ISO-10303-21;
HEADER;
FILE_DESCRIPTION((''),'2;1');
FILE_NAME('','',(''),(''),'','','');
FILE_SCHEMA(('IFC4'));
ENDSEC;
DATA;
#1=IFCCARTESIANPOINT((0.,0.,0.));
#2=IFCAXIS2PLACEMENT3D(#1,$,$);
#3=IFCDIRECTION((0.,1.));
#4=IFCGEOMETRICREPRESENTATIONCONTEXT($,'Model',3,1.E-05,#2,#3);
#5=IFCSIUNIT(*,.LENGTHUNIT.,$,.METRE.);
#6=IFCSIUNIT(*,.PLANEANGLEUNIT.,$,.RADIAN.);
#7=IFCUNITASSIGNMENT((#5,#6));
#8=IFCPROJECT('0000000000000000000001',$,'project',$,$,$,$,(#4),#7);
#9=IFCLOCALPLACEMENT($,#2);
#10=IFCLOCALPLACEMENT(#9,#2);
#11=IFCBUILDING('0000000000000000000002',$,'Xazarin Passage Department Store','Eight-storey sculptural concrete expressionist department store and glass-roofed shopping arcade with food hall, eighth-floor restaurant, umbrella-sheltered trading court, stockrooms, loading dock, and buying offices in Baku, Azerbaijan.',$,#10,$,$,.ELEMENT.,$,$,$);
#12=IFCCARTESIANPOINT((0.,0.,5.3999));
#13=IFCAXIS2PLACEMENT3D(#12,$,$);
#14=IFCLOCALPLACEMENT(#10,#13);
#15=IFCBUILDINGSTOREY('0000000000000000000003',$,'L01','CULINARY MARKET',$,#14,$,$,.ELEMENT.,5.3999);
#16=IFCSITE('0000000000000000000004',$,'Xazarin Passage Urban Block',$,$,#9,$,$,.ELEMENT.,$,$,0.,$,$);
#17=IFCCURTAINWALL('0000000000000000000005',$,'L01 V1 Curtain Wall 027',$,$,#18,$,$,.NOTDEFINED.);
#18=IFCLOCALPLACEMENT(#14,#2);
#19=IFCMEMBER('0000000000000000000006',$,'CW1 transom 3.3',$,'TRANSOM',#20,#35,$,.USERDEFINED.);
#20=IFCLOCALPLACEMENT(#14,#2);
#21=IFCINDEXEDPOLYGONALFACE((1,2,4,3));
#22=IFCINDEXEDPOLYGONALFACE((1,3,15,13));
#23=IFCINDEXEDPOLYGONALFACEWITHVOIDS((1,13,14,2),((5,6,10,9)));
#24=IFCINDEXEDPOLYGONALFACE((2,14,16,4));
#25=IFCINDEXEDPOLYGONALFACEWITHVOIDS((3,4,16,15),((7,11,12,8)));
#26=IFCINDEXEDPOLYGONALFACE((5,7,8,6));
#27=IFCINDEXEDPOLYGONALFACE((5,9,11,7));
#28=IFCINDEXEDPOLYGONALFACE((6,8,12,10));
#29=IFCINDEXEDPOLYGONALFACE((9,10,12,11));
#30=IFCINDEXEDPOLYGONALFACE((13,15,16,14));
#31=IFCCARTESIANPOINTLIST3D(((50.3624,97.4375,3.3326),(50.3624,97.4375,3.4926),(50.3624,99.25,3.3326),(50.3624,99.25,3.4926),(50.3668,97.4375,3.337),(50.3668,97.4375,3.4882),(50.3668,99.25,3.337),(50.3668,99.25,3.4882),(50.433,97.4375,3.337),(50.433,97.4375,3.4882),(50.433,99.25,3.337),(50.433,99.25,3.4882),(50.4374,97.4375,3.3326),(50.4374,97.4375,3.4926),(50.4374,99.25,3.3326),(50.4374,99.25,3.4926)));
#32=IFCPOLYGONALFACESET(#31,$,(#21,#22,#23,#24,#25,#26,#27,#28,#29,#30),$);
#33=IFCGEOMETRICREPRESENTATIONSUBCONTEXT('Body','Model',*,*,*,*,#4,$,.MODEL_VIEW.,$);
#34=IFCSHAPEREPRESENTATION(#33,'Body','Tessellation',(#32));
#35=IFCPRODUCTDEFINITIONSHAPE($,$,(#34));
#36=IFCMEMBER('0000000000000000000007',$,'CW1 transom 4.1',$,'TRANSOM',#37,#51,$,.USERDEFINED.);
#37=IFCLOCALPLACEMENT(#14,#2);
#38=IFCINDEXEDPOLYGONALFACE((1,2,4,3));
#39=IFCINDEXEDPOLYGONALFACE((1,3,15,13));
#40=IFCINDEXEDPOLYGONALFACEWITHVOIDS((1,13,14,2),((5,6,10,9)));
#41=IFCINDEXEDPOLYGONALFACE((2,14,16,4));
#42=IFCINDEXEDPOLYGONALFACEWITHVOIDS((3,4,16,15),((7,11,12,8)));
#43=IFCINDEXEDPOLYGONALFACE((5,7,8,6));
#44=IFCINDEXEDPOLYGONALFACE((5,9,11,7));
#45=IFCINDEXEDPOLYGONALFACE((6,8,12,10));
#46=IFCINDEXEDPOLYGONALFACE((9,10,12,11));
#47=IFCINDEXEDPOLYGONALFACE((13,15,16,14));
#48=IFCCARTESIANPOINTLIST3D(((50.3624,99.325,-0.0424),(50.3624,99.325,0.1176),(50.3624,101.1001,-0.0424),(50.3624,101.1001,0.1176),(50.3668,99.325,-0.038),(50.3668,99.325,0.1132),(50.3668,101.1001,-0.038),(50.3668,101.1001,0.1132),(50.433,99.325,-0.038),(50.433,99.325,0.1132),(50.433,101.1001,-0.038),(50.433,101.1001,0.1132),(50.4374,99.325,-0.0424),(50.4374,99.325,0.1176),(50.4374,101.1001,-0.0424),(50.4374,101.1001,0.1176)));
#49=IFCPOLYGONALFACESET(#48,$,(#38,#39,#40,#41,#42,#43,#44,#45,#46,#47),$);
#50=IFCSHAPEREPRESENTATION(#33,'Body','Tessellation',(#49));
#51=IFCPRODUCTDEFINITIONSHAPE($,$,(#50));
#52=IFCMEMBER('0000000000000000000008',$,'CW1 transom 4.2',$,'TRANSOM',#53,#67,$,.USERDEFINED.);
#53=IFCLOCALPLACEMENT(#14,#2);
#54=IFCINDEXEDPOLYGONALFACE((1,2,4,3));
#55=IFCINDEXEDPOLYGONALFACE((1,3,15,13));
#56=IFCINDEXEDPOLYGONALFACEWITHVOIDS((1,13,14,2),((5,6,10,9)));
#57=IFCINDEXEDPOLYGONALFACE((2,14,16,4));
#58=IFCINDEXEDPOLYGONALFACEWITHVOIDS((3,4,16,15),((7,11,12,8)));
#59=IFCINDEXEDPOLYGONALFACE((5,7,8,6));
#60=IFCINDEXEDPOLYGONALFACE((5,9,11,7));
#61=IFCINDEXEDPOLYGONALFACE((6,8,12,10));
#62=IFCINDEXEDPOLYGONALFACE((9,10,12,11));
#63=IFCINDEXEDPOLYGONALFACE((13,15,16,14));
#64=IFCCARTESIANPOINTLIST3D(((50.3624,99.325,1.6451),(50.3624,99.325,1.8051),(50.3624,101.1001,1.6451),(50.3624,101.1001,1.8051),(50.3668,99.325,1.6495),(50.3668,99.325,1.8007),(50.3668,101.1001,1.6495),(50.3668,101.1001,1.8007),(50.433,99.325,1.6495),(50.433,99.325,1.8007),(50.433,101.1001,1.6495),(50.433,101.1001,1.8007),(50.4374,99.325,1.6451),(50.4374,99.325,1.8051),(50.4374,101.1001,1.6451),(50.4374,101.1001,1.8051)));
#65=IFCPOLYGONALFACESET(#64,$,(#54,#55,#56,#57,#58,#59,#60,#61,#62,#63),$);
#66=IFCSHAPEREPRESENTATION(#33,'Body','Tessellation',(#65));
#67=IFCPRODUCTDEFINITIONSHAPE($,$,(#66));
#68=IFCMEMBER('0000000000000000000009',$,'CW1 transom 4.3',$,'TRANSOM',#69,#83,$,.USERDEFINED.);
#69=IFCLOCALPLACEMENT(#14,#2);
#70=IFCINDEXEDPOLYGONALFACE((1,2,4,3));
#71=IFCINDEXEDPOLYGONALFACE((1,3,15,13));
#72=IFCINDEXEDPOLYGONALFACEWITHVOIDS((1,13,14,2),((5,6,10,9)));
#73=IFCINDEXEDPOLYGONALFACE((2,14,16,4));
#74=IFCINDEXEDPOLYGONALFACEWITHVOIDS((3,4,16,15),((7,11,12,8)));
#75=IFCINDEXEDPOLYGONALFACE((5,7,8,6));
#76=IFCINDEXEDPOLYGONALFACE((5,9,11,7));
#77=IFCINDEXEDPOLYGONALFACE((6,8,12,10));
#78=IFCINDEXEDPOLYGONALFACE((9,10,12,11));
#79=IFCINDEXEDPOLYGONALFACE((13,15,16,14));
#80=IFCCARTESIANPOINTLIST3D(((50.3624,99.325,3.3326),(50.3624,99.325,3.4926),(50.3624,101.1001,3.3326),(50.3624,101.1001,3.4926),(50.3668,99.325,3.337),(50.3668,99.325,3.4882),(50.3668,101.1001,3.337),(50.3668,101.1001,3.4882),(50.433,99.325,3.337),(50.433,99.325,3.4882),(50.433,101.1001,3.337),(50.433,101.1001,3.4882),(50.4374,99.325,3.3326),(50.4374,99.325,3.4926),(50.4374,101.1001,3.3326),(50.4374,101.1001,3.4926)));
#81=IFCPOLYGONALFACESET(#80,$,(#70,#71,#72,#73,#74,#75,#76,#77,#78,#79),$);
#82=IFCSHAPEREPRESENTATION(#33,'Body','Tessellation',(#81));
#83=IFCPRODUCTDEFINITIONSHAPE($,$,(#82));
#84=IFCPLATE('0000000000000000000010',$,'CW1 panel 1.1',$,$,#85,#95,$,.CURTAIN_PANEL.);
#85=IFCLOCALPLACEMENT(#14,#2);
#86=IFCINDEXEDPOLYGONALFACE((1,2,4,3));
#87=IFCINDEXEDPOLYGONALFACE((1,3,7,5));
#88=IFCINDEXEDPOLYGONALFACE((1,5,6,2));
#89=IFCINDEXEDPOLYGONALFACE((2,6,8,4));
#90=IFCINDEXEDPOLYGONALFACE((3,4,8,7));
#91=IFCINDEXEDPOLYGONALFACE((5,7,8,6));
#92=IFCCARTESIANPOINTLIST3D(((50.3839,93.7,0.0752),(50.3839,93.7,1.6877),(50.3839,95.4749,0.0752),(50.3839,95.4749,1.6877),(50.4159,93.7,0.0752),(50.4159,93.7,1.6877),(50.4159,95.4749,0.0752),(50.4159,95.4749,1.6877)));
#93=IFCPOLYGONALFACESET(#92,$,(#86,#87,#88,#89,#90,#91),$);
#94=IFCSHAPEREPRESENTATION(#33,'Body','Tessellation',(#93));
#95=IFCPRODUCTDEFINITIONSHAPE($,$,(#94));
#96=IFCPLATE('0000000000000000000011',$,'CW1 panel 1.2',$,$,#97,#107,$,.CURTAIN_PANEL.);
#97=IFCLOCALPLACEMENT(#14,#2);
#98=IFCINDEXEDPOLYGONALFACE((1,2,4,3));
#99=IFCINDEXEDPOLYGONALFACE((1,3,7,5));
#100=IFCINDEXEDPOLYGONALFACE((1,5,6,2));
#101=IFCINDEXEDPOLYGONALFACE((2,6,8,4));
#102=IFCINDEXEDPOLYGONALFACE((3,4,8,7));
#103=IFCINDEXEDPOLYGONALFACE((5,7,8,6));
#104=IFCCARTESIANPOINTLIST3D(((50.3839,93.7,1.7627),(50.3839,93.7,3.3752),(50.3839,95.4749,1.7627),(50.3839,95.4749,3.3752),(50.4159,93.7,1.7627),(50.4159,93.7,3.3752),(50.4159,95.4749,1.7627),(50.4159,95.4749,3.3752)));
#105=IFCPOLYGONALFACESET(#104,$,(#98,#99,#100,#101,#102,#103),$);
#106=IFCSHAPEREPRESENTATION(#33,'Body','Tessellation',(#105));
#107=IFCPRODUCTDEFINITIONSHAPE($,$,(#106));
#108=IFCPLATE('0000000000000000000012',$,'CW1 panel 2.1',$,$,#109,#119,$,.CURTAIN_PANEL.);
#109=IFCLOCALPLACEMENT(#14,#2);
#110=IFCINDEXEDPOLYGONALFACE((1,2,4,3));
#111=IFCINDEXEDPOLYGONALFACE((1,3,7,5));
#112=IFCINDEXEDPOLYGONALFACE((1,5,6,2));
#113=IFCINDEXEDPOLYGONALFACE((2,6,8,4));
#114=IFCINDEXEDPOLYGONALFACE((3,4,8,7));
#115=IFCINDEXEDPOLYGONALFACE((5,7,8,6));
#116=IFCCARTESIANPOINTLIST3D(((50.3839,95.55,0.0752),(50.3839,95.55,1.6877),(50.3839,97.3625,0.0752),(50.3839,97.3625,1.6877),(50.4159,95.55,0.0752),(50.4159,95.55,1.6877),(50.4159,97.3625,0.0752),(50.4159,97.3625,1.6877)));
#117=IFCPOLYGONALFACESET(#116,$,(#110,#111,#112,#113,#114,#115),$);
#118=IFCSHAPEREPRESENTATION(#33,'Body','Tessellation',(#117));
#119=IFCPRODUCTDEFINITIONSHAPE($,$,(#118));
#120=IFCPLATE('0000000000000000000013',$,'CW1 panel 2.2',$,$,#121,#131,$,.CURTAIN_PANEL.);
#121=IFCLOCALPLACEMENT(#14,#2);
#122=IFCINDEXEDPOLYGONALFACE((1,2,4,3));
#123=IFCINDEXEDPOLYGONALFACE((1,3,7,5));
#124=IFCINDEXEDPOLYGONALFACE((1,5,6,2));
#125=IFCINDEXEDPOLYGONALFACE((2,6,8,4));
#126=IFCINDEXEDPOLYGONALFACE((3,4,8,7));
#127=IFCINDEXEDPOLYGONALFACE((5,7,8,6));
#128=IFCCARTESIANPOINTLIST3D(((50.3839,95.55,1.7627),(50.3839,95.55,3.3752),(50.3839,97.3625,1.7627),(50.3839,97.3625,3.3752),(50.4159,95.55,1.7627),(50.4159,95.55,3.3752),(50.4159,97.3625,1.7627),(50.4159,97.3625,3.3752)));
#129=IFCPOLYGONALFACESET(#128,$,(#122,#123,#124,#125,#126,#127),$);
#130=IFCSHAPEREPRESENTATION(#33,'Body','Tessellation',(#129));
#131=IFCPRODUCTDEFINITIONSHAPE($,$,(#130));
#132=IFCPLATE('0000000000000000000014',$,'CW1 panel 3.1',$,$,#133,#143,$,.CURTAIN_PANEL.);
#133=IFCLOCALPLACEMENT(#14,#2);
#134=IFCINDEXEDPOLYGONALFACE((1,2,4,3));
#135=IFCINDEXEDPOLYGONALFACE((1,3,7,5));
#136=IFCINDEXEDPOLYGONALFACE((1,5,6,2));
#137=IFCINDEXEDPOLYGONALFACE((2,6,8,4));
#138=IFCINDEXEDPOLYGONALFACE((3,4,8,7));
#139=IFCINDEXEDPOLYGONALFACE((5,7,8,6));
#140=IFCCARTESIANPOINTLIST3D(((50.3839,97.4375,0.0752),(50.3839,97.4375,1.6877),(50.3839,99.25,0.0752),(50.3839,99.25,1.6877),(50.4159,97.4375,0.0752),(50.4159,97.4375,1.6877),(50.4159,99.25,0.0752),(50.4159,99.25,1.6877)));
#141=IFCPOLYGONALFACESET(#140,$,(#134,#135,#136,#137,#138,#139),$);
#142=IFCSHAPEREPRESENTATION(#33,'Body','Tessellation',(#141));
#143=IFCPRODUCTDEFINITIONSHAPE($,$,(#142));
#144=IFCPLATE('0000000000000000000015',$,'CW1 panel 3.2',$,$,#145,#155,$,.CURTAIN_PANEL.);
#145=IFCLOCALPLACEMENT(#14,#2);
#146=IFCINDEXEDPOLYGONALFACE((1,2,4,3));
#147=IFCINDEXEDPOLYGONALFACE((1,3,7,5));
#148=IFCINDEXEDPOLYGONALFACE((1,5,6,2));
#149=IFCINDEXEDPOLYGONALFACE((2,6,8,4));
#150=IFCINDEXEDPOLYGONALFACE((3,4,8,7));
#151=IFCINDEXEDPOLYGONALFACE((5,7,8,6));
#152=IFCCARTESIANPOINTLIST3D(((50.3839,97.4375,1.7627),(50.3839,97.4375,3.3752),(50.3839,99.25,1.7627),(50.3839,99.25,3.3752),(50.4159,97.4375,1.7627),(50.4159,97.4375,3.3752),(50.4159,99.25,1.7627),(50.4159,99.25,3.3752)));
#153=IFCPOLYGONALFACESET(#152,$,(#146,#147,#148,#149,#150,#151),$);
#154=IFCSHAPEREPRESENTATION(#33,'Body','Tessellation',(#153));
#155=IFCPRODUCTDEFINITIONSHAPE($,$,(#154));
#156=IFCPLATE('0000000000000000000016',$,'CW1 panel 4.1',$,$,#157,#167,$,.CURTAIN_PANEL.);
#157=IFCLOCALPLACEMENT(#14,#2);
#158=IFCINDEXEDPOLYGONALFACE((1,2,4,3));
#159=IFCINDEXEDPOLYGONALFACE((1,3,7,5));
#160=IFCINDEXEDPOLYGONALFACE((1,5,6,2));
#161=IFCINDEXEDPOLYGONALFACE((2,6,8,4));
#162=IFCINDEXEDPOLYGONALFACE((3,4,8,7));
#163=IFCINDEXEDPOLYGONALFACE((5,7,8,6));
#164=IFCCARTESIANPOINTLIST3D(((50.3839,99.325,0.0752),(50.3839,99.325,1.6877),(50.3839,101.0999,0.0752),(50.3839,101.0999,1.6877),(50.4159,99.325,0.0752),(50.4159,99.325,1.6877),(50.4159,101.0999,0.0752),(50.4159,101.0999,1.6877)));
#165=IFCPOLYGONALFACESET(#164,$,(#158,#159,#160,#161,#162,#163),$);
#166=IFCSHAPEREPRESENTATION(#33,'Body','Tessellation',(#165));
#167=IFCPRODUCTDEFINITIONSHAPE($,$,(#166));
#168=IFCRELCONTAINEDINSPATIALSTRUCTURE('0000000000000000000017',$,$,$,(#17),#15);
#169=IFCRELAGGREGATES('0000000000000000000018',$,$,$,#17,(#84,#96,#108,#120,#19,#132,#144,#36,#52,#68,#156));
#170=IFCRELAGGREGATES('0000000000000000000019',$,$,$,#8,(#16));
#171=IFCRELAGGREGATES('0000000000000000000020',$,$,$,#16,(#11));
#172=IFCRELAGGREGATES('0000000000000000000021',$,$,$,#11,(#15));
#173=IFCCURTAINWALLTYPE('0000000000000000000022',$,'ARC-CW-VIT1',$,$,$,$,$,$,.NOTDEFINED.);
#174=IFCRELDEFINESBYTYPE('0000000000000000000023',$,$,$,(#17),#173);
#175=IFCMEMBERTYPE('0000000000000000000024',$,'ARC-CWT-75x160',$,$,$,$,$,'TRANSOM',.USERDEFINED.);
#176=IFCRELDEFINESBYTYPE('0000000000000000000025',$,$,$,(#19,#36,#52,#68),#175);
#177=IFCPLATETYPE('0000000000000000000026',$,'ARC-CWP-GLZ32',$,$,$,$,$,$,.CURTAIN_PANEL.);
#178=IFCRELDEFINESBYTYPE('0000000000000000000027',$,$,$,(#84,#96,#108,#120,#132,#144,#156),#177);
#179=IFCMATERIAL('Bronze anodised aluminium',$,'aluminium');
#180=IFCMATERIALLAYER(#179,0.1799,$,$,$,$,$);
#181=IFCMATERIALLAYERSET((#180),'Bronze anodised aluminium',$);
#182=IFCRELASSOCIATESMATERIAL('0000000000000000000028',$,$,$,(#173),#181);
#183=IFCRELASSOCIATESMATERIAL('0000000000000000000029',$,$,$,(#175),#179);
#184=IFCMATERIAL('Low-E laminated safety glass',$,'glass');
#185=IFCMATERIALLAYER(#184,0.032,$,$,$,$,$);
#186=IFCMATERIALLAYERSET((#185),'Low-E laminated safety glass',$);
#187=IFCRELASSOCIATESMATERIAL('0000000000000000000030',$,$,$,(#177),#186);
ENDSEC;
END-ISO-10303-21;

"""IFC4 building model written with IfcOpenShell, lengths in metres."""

from ifc_helpers import new_model, si_unit, direction, frame, origin, origin_2d, place, context, subcontext, project, spatial, rectangle, hollow_rectangle, extrude, material, layer, layer_set, material_profile, profile_set, type_object, element, aggregate, save


model = new_model("IFC4")

# Units and contexts
model_context = context("Model", 3, precision=1e-05, world=origin(), true_north=direction((0.0, 1.0)))
body_context = subcontext(model_context, "Body", "Model", "MODEL_VIEW")
ifc_project = project(units=[si_unit("LENGTHUNIT", "METRE"), si_unit("PLANEANGLEUNIT", "RADIAN")], contexts=[model_context])

# Site, building, storey
site_placement = place(None, origin())
site = spatial("IfcSite", under=ifc_project, at=site_placement, Name="Xazarin Passage Urban Block", CompositionType="ELEMENT", RefElevation=0.0)
building_placement = place(site_placement, origin())
building = spatial("IfcBuilding", under=site, at=building_placement, Name="Xazarin Passage Department Store", Description="Eight-storey sculptural concrete expressionist department store and glass-roofed shopping arcade with food hall, eighth-floor restaurant, umbrella-sheltered trading court, stockrooms, loading dock, and buying offices in Baku, Azerbaijan.", CompositionType="ELEMENT")
storey_placement = place(building_placement, frame((0.0, 0.0, 5.3999)))
storey = spatial("IfcBuildingStorey", under=building, at=storey_placement, Name="L01", Description="CULINARY MARKET", CompositionType="ELEMENT", Elevation=5.3999)

# Curtain wall, members, plates
ifc_material_1 = material(Name="Bronze anodised aluminium", Category="aluminium")
ifc_layer_1 = layer(ifc_material_1, 0.1799)
ifc_layer_set_1 = layer_set([ifc_layer_1], Name="Bronze anodised aluminium")
curtain_wall_type = type_object("IfcCurtainWallType", Name="ARC-CW-VIT1", PredefinedType="NOTDEFINED", material=ifc_layer_set_1)
curtain_wall_placement = place(storey_placement, origin())
curtain_wall = element("IfcCurtainWall", 1, at=curtain_wall_placement, inside=storey, type_object=curtain_wall_type, Name="L01 V1 Curtain Wall 027", PredefinedType="NOTDEFINED")
ifc_material_profile_1 = material_profile(ifc_material_1, hollow_rectangle(XDim=0.075, YDim=0.1599, WallThickness=0.0044, at=origin_2d()), Name="ALU 75x160")
ifc_profile_set_1 = profile_set([ifc_material_profile_1], Name="Bronze anodised aluminium")
member_type_1 = type_object("IfcMemberType", Name="ARC-CWT-75x160", ElementType="TRANSOM", PredefinedType="USERDEFINED", material=ifc_profile_set_1)
member_1_placement = place(storey_placement, frame((50.3999, 97.4375, 3.4126), z_axis=(0.0, 1.0, 0.0), x_axis=(-1.0, 0.0, 0.0)))
member_1 = element("IfcMember", 2, at=member_1_placement, type_object=member_type_1, Name="CW1 transom 3.3", ObjectType="TRANSOM", PredefinedType="USERDEFINED", context=body_context, shape_type="SweptSolid", body=[
    extrude(hollow_rectangle(XDim=0.075, YDim=0.1599, WallThickness=0.0044, at=origin_2d()), origin(), (0.0, 0.0, 1.0), 1.8125),
])
member_2_placement = place(storey_placement, frame((50.3999, 99.325, 0.0376), z_axis=(0.0, 1.0, 0.0), x_axis=(-1.0, 0.0, 0.0)))
member_2 = element("IfcMember", 3, at=member_2_placement, type_object=member_type_1, Name="CW1 transom 4.1", ObjectType="TRANSOM", PredefinedType="USERDEFINED", context=body_context, shape_type="SweptSolid", body=[
    extrude(hollow_rectangle(XDim=0.075, YDim=0.1599, WallThickness=0.0044, at=origin_2d()), origin(), (0.0, 0.0, 1.0), 1.7751),
])
member_3_placement = place(storey_placement, frame((50.3999, 99.325, 1.7251), z_axis=(0.0, 1.0, 0.0), x_axis=(-1.0, 0.0, 0.0)))
member_3 = element("IfcMember", 4, at=member_3_placement, type_object=member_type_1, Name="CW1 transom 4.2", ObjectType="TRANSOM", PredefinedType="USERDEFINED", context=body_context, shape_type="SweptSolid", body=[
    extrude(hollow_rectangle(XDim=0.075, YDim=0.1599, WallThickness=0.0044, at=origin_2d()), origin(), (0.0, 0.0, 1.0), 1.7751),
])
member_4_placement = place(storey_placement, frame((50.3999, 99.325, 3.4126), z_axis=(0.0, 1.0, 0.0), x_axis=(-1.0, 0.0, 0.0)))
member_4 = element("IfcMember", 5, at=member_4_placement, type_object=member_type_1, Name="CW1 transom 4.3", ObjectType="TRANSOM", PredefinedType="USERDEFINED", context=body_context, shape_type="SweptSolid", body=[
    extrude(hollow_rectangle(XDim=0.075, YDim=0.1599, WallThickness=0.0044, at=origin_2d()), origin(), (0.0, 0.0, 1.0), 1.7751),
])
ifc_material_2 = material(Name="Low-E laminated safety glass", Category="glass")
ifc_layer_2 = layer(ifc_material_2, 0.032)
ifc_layer_set_2 = layer_set([ifc_layer_2], Name="Low-E laminated safety glass")
plate_type = type_object("IfcPlateType", Name="ARC-CWP-GLZ32", PredefinedType="CURTAIN_PANEL", material=ifc_layer_set_2)
plate_1_placement = place(storey_placement, frame((50.3999, 94.5874, 0.0752), z_axis=(0.0, 0.0, 1.0), x_axis=(0.0, 1.0, 0.0)))
plate_1 = element("IfcPlate", 6, at=plate_1_placement, type_object=plate_type, Name="CW1 panel 1.1", PredefinedType="CURTAIN_PANEL", context=body_context, shape_type="SweptSolid", body=[
    extrude(rectangle(XDim=1.7749, YDim=0.032, at=origin_2d()), origin(), (0.0, 0.0, 1.0), 1.6125),
])
plate_2_placement = place(storey_placement, frame((50.3999, 94.5874, 1.7627), z_axis=(0.0, 0.0, 1.0), x_axis=(0.0, 1.0, 0.0)))
plate_2 = element("IfcPlate", 7, at=plate_2_placement, type_object=plate_type, Name="CW1 panel 1.2", PredefinedType="CURTAIN_PANEL", context=body_context, shape_type="SweptSolid", body=[
    extrude(rectangle(XDim=1.7749, YDim=0.032, at=origin_2d()), origin(), (0.0, 0.0, 1.0), 1.6125),
])
plate_3_placement = place(storey_placement, frame((50.3999, 96.4563, 0.0752), z_axis=(0.0, 0.0, 1.0), x_axis=(0.0, 1.0, 0.0)))
plate_3 = element("IfcPlate", 8, at=plate_3_placement, type_object=plate_type, Name="CW1 panel 2.1", PredefinedType="CURTAIN_PANEL", context=body_context, shape_type="SweptSolid", body=[
    extrude(rectangle(XDim=1.8125, YDim=0.032, at=origin_2d()), origin(), (0.0, 0.0, 1.0), 1.6125),
])
plate_4_placement = place(storey_placement, frame((50.3999, 96.4563, 1.7627), z_axis=(0.0, 0.0, 1.0), x_axis=(0.0, 1.0, 0.0)))
plate_4 = element("IfcPlate", 9, at=plate_4_placement, type_object=plate_type, Name="CW1 panel 2.2", PredefinedType="CURTAIN_PANEL", context=body_context, shape_type="SweptSolid", body=[
    extrude(rectangle(XDim=1.8125, YDim=0.032, at=origin_2d()), origin(), (0.0, 0.0, 1.0), 1.6125),
])
plate_5_placement = place(storey_placement, frame((50.3999, 98.3438, 0.0752), z_axis=(0.0, 0.0, 1.0), x_axis=(0.0, 1.0, 0.0)))
plate_5 = element("IfcPlate", 10, at=plate_5_placement, type_object=plate_type, Name="CW1 panel 3.1", PredefinedType="CURTAIN_PANEL", context=body_context, shape_type="SweptSolid", body=[
    extrude(rectangle(XDim=1.8125, YDim=0.032, at=origin_2d()), origin(), (0.0, 0.0, 1.0), 1.6125),
])
plate_6_placement = place(storey_placement, frame((50.3999, 98.3438, 1.7627), z_axis=(0.0, 0.0, 1.0), x_axis=(0.0, 1.0, 0.0)))
plate_6 = element("IfcPlate", 11, at=plate_6_placement, type_object=plate_type, Name="CW1 panel 3.2", PredefinedType="CURTAIN_PANEL", context=body_context, shape_type="SweptSolid", body=[
    extrude(rectangle(XDim=1.8125, YDim=0.032, at=origin_2d()), origin(), (0.0, 0.0, 1.0), 1.6125),
])
plate_7_placement = place(storey_placement, frame((50.3999, 100.2124, 0.0752), z_axis=(0.0, 0.0, 1.0), x_axis=(0.0, 1.0, 0.0)))
plate_7 = element("IfcPlate", 12, at=plate_7_placement, type_object=plate_type, Name="CW1 panel 4.1", PredefinedType="CURTAIN_PANEL", context=body_context, shape_type="SweptSolid", body=[
    extrude(rectangle(XDim=1.7749, YDim=0.032, at=origin_2d()), origin(), (0.0, 0.0, 1.0), 1.6125),
])
aggregate(curtain_wall, [plate_1, plate_2, plate_3, plate_4, member_1, plate_5, plate_6, member_2, member_3, member_4, plate_7])

save(model, "model.ifc")
